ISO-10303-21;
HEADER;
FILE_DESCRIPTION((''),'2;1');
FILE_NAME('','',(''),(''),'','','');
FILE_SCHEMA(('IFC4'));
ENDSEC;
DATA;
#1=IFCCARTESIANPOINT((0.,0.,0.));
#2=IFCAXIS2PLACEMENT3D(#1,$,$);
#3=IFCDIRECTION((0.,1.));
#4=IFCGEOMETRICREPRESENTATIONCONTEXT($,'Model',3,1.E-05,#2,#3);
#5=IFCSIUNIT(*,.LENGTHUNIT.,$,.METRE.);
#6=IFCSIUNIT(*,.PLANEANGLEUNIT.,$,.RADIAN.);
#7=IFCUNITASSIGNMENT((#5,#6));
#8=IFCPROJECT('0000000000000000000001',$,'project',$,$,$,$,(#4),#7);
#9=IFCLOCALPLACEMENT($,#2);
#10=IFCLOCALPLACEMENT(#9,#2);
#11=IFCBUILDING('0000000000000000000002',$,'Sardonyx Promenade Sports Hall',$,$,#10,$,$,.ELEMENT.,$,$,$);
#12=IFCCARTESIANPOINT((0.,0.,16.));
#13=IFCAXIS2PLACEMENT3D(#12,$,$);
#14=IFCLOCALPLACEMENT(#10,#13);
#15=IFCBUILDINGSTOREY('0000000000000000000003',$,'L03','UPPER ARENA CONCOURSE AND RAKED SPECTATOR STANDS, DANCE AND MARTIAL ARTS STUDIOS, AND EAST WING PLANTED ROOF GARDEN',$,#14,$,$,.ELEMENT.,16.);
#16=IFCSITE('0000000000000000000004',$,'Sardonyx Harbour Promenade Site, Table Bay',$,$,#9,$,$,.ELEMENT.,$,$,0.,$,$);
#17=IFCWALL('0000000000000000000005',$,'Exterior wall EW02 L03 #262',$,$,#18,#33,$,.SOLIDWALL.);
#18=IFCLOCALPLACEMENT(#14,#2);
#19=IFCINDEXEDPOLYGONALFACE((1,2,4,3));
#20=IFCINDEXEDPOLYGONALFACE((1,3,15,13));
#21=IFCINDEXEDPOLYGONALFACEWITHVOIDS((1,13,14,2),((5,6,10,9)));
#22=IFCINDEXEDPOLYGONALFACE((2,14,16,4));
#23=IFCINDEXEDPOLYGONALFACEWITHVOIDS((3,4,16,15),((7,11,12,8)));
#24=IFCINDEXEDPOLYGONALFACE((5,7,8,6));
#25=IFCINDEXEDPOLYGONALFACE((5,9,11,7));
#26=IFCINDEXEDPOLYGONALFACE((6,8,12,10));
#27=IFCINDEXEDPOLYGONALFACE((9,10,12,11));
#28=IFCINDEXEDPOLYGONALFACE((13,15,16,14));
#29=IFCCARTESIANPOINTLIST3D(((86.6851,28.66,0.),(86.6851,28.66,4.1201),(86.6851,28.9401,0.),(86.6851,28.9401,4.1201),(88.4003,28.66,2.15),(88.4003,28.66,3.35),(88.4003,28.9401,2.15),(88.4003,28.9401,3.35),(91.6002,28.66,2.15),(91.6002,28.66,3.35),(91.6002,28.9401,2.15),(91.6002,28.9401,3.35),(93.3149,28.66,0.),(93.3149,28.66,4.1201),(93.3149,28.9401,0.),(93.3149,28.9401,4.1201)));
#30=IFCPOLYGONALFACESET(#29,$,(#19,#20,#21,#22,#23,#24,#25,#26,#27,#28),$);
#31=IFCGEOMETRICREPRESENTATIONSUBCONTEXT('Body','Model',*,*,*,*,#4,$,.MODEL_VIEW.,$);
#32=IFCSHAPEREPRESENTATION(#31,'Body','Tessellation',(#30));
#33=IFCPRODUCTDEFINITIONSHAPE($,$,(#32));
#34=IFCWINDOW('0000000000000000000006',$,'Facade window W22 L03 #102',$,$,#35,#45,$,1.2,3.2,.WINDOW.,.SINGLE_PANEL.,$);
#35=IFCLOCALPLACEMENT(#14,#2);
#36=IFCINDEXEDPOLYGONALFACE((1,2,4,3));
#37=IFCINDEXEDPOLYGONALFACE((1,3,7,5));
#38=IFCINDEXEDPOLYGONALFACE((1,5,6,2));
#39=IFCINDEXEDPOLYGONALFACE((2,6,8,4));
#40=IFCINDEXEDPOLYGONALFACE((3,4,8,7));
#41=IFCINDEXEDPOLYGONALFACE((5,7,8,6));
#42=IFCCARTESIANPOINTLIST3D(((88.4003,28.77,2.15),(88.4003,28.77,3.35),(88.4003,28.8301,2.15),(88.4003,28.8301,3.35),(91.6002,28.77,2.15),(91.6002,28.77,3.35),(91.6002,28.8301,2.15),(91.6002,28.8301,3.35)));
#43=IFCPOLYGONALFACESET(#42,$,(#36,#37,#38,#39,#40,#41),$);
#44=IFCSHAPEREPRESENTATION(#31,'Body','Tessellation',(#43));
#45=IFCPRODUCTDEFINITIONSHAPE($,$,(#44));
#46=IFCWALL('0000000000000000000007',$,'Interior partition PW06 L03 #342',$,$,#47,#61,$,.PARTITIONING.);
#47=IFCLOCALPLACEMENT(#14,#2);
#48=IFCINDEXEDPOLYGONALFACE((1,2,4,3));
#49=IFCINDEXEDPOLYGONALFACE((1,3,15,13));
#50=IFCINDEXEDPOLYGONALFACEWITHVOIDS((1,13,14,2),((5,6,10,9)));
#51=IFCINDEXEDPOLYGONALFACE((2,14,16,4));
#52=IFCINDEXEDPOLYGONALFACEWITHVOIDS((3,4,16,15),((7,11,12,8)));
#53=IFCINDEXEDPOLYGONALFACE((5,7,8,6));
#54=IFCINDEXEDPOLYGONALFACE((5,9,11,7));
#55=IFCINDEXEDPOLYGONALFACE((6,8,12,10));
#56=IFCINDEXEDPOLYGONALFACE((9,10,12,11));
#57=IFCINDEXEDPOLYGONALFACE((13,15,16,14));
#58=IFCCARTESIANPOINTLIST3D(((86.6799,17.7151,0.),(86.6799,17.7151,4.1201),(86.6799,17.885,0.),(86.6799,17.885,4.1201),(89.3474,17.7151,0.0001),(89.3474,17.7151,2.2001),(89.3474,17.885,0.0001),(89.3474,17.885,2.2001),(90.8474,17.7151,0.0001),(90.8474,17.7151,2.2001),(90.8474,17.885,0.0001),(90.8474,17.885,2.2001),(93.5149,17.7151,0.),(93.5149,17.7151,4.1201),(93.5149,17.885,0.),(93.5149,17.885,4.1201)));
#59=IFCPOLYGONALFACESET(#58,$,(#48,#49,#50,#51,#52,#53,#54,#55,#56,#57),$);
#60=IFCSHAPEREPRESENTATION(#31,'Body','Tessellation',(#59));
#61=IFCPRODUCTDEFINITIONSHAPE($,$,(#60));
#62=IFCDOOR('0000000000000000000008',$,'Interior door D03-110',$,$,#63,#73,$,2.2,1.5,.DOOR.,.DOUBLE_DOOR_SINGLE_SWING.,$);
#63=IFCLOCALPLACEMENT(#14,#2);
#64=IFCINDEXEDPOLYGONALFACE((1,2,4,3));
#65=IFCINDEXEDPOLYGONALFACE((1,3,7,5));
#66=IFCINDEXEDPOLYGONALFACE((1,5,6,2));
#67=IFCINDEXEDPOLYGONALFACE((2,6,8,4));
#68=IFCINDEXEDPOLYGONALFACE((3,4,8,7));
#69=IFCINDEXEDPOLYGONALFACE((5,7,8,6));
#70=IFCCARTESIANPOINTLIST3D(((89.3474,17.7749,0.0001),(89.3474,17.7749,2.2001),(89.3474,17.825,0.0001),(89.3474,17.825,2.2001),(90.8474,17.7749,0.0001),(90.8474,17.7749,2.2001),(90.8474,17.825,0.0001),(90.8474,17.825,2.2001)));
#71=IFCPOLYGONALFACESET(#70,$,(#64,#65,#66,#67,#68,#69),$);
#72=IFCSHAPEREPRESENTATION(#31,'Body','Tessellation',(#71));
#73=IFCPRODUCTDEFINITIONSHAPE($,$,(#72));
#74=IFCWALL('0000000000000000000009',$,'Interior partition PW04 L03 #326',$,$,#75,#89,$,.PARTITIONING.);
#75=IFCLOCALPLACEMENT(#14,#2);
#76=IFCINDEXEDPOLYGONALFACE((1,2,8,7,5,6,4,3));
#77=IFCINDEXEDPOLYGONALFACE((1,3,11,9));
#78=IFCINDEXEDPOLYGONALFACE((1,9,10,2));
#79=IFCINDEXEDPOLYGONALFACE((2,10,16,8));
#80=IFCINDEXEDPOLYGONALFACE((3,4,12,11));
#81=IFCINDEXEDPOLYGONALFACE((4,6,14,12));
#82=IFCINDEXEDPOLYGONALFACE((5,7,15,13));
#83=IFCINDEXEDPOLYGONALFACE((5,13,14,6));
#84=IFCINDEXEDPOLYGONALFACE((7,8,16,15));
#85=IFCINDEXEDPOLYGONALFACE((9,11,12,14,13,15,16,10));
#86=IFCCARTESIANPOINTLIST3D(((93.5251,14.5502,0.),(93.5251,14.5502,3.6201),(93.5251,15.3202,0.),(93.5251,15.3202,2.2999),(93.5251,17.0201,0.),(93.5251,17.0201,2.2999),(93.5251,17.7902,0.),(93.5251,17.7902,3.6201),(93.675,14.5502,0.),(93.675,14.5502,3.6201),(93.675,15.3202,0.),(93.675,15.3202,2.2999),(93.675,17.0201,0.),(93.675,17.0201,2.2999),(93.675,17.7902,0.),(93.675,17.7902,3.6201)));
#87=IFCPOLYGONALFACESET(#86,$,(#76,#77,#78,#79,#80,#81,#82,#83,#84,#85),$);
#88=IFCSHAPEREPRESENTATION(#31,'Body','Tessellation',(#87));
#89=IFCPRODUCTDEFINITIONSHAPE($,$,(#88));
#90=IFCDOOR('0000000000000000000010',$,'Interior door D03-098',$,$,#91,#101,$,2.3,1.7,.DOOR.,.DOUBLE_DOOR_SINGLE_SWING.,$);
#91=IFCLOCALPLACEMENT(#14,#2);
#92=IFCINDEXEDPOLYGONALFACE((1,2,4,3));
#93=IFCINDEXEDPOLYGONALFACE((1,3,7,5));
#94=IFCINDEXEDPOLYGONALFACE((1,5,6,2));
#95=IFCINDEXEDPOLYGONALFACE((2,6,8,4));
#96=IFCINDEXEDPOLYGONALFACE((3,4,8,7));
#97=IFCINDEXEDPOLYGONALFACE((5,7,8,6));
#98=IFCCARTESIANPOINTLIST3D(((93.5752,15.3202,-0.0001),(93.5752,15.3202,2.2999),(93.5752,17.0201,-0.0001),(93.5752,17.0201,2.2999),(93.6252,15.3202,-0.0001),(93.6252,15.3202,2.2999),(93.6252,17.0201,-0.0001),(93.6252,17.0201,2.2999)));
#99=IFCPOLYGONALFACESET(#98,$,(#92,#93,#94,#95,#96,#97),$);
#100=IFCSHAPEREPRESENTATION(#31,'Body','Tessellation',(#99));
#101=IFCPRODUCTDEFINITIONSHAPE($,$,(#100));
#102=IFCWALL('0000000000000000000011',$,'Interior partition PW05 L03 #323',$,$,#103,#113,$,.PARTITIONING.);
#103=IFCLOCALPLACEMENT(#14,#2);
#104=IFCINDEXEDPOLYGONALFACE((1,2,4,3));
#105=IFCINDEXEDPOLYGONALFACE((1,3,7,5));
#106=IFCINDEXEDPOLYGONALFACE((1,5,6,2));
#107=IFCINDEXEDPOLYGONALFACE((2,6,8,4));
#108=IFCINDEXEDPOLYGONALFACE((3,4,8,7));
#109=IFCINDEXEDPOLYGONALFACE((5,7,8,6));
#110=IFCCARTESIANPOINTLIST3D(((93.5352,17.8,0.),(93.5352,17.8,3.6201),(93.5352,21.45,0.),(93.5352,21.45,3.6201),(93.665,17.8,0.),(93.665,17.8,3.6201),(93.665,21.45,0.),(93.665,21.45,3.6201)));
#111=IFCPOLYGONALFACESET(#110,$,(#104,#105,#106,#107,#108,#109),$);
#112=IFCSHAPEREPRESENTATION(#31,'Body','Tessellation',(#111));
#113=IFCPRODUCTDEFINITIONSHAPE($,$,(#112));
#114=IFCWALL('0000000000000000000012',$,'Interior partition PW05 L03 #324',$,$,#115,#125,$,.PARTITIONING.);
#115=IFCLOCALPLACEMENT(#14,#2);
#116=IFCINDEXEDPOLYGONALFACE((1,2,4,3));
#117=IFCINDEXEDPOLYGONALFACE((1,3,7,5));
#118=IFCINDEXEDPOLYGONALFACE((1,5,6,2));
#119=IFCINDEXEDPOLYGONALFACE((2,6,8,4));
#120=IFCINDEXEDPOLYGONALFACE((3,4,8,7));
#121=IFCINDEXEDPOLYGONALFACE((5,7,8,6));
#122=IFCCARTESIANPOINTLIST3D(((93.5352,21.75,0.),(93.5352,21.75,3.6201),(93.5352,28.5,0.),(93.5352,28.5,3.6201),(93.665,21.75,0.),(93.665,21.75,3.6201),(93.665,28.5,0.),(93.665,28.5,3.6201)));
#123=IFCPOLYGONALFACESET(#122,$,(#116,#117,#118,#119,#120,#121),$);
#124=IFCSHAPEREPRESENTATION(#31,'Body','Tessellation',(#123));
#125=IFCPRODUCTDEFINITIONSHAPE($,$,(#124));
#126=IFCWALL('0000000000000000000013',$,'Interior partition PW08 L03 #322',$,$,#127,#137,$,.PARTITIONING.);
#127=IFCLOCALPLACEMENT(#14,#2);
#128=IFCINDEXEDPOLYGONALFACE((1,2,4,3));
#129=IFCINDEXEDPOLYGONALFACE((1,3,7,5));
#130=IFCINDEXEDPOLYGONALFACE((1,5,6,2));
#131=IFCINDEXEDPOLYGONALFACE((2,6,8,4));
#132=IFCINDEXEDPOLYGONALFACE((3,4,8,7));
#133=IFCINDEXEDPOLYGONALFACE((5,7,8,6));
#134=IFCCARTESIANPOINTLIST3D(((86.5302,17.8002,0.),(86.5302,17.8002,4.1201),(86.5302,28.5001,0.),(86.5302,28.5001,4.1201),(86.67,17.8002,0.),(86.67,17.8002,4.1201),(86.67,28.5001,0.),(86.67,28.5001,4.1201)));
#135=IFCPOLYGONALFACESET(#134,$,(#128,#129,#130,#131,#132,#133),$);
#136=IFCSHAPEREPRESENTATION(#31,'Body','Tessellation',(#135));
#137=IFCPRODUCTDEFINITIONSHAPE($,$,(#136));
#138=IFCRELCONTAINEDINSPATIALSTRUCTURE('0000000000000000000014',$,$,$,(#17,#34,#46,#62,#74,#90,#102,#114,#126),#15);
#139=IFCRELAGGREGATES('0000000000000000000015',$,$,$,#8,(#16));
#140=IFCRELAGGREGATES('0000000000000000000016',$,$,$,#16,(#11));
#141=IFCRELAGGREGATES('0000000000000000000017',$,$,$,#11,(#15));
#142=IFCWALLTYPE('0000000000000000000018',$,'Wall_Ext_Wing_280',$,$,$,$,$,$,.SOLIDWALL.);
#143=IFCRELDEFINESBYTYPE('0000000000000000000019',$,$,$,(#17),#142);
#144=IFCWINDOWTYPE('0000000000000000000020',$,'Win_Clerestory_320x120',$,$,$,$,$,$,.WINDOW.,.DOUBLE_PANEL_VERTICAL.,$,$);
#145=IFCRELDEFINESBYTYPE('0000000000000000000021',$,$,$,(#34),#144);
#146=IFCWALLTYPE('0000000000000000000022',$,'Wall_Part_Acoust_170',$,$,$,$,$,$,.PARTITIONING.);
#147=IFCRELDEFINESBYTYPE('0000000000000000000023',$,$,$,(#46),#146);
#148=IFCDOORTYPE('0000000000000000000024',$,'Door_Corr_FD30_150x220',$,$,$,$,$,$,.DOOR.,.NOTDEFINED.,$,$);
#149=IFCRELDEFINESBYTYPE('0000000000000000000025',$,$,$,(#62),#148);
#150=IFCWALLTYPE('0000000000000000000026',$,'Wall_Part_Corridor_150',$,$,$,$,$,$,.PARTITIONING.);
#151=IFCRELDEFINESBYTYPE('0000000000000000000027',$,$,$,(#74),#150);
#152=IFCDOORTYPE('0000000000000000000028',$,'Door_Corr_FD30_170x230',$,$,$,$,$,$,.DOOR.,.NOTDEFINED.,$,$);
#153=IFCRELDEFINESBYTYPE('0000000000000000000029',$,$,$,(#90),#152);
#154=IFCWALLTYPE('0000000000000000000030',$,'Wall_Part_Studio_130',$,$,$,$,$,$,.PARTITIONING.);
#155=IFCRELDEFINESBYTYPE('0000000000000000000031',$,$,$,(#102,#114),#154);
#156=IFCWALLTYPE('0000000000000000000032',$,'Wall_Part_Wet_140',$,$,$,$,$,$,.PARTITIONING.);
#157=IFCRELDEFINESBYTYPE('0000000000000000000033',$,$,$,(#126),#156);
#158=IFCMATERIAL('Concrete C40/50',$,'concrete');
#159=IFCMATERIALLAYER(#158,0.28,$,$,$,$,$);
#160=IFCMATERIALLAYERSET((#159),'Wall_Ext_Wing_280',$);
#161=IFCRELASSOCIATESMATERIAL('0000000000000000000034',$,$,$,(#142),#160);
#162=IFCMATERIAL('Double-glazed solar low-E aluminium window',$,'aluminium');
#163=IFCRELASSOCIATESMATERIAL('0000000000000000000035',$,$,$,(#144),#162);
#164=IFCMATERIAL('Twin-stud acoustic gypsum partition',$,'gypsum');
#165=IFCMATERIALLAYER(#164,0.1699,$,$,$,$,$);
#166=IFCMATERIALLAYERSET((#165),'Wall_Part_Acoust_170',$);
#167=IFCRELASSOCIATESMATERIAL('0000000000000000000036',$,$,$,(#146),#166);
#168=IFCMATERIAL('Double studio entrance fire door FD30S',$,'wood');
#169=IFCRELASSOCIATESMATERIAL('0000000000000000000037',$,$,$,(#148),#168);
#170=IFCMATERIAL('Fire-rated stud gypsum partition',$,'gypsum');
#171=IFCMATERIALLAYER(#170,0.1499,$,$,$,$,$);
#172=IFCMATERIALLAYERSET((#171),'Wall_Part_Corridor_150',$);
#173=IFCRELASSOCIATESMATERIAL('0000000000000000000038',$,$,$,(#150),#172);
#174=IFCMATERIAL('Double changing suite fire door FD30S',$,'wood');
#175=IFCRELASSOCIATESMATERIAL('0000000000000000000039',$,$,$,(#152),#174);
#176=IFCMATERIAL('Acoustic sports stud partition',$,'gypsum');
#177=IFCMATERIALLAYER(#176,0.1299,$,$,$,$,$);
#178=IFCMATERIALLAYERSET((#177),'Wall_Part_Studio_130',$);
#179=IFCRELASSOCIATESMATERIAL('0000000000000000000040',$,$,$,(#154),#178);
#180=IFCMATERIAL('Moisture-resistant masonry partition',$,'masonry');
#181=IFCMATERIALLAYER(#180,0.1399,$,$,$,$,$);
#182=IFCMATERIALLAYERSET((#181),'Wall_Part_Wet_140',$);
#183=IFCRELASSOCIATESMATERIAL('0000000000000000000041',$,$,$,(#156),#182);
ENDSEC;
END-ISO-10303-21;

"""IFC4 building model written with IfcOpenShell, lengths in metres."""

from ifc_helpers import new_model, si_unit, direction, frame, frame_2d, origin, place, context, subcontext, project, spatial, rectangle, extrude, material, layer, layer_set, type_object, element, fill, save


model = new_model("IFC4")

# Units and contexts
model_context = context("Model", 3, precision=1e-05, world=origin(), true_north=direction((0.0, 1.0)))
body_context = subcontext(model_context, "Body", "Model", "MODEL_VIEW")
ifc_project = project(units=[si_unit("LENGTHUNIT", "METRE"), si_unit("PLANEANGLEUNIT", "RADIAN")], contexts=[model_context])

# Site, building, storey
site_placement = place(None, origin())
site = spatial("IfcSite", under=ifc_project, at=site_placement, Name="Sardonyx Harbour Promenade Site, Table Bay", CompositionType="ELEMENT", RefElevation=0.0)
building_placement = place(site_placement, origin())
building = spatial("IfcBuilding", under=site, at=building_placement, Name="Sardonyx Promenade Sports Hall", CompositionType="ELEMENT")
storey_placement = place(building_placement, frame((0.0, 0.0, 16.0)))
storey = spatial("IfcBuildingStorey", under=building, at=storey_placement, Name="L03", Description="UPPER ARENA CONCOURSE AND RAKED SPECTATOR STANDS, DANCE AND MARTIAL ARTS STUDIOS, AND EAST WING PLANTED ROOF GARDEN", CompositionType="ELEMENT", Elevation=16.0)

# Wall, opening, window
ifc_material_1 = material(Name="Concrete C40/50", Category="concrete")
ifc_layer_1 = layer(ifc_material_1, 0.28)
ifc_layer_set_1 = layer_set([ifc_layer_1], Name="Wall_Ext_Wing_280")
wall_type_1 = type_object("IfcWallType", Name="Wall_Ext_Wing_280", PredefinedType="SOLIDWALL", material=ifc_layer_set_1)
wall_1_placement = place(storey_placement, frame((86.6851, 28.8, 0.0), z_axis=(0.0, 0.0, 1.0), x_axis=(1.0, 0.0, 0.0)))
wall_1 = element("IfcWall", 1, at=wall_1_placement, inside=storey, type_object=wall_type_1, Name="Exterior wall EW02 L03 #262", PredefinedType="SOLIDWALL", context=body_context, shape_type="SweptSolid", body=[
    extrude(rectangle(XDim=6.6299, YDim=0.28, at=frame_2d((3.3149, 0.0))), origin(), (0.0, 0.0, 1.0), 4.1201),
])
opening_1_placement = place(wall_1_placement, frame((1.7151, 0.0, 2.1499)))
opening_1 = element("IfcOpeningElement", 2, at=opening_1_placement, cuts=wall_1, PredefinedType="OPENING", context=body_context, shape_type="SweptSolid", body=[
    extrude(rectangle(XDim=3.2, YDim=1.2, at=frame_2d((1.6001, 0.6001))), frame((0.0, 0.15, 0.0), z_axis=(0.0, -1.0, 0.0), x_axis=(1.0, 0.0, 0.0)), (0.0, 0.0, 1.0), 0.3),
])
ifc_material_2 = material(Name="Double-glazed solar low-E aluminium window", Category="aluminium")
window_type = type_object("IfcWindowType", Name="Win_Clerestory_320x120", PartitioningType="DOUBLE_PANEL_VERTICAL", PredefinedType="WINDOW", material=ifc_material_2)
window_placement = place(opening_1_placement, origin())
window = element("IfcWindow", 3, at=window_placement, inside=storey, type_object=window_type, Name="Facade window W22 L03 #102", OverallHeight=1.2, OverallWidth=3.2, PartitioningType="SINGLE_PANEL", PredefinedType="WINDOW", context=body_context, shape_type="SweptSolid", body=[
    extrude(rectangle(XDim=3.2, YDim=1.2, at=frame_2d((1.6001, 0.6001))), frame((0.0, 0.03, 0.0), z_axis=(0.0, -1.0, 0.0), x_axis=(1.0, 0.0, 0.0)), (0.0, 0.0, 1.0), 0.0601),
])
fill(opening_1, window)

# Walls, openings, doors
ifc_material_3 = material(Name="Twin-stud acoustic gypsum partition", Category="gypsum")
ifc_layer_2 = layer(ifc_material_3, 0.1699)
ifc_layer_set_2 = layer_set([ifc_layer_2], Name="Wall_Part_Acoust_170")
wall_type_2 = type_object("IfcWallType", Name="Wall_Part_Acoust_170", PredefinedType="PARTITIONING", material=ifc_layer_set_2)
wall_2_placement = place(storey_placement, frame((86.6799, 17.8, 0.0), z_axis=(0.0, 0.0, 1.0), x_axis=(1.0, 0.0, 0.0)))
wall_2 = element("IfcWall", 4, at=wall_2_placement, inside=storey, type_object=wall_type_2, Name="Interior partition PW06 L03 #342", PredefinedType="PARTITIONING", context=body_context, shape_type="SweptSolid", body=[
    extrude(rectangle(XDim=6.835, YDim=0.1699, at=frame_2d((3.4175, 0.0))), origin(), (0.0, 0.0, 1.0), 4.1201),
])
opening_2_placement = place(wall_2_placement, frame((2.6675, 0.0, 0.0)))
opening_2 = element("IfcOpeningElement", 5, at=opening_2_placement, cuts=wall_2, PredefinedType="OPENING", context=body_context, shape_type="SweptSolid", body=[
    extrude(rectangle(XDim=1.5, YDim=2.2, at=frame_2d((0.75, 1.1001))), frame((0.0, 0.095, 0.0), z_axis=(0.0, -1.0, 0.0), x_axis=(1.0, 0.0, 0.0)), (0.0, 0.0, 1.0), 0.19),
])
ifc_material_4 = material(Name="Double studio entrance fire door FD30S", Category="wood")
door_type_1 = type_object("IfcDoorType", Name="Door_Corr_FD30_150x220", OperationType="NOTDEFINED", PredefinedType="DOOR", material=ifc_material_4)
door_1_placement = place(opening_2_placement, origin())
door_1 = element("IfcDoor", 6, at=door_1_placement, inside=storey, type_object=door_type_1, Name="Interior door D03-110", OperationType="DOUBLE_DOOR_SINGLE_SWING", OverallHeight=2.2, OverallWidth=1.5, PredefinedType="DOOR", context=body_context, shape_type="SweptSolid", body=[
    extrude(rectangle(XDim=1.5, YDim=2.2, at=frame_2d((0.75, 1.1001))), frame((0.0, 0.0249, 0.0), z_axis=(0.0, -1.0, 0.0), x_axis=(1.0, 0.0, 0.0)), (0.0, 0.0, 1.0), 0.05),
])
fill(opening_2, door_1)
ifc_material_5 = material(Name="Fire-rated stud gypsum partition", Category="gypsum")
ifc_layer_3 = layer(ifc_material_5, 0.1499)
ifc_layer_set_3 = layer_set([ifc_layer_3], Name="Wall_Part_Corridor_150")
wall_type_3 = type_object("IfcWallType", Name="Wall_Part_Corridor_150", PredefinedType="PARTITIONING", material=ifc_layer_set_3)
wall_3_placement = place(storey_placement, frame((93.6001, 14.55, 0.0), z_axis=(0.0, 0.0, 1.0), x_axis=(0.0, 1.0, 0.0)))
wall_3 = element("IfcWall", 7, at=wall_3_placement, inside=storey, type_object=wall_type_3, Name="Interior partition PW04 L03 #326", PredefinedType="PARTITIONING", context=body_context, shape_type="SweptSolid", body=[
    extrude(rectangle(XDim=3.24, YDim=0.1499, at=frame_2d((1.6201, 0.0))), origin(), (0.0, 0.0, 1.0), 3.6201),
])
opening_3_placement = place(wall_3_placement, frame((0.77, 0.0, 0.0)))
opening_3 = element("IfcOpeningElement", 8, at=opening_3_placement, cuts=wall_3, PredefinedType="OPENING", context=body_context, shape_type="SweptSolid", body=[
    extrude(rectangle(XDim=1.7, YDim=2.3, at=frame_2d((0.8501, 1.1499))), frame((0.0, 0.085, 0.0), z_axis=(0.0, -1.0, 0.0), x_axis=(1.0, 0.0, 0.0)), (0.0, 0.0, 1.0), 0.17),
])
ifc_material_6 = material(Name="Double changing suite fire door FD30S", Category="wood")
door_type_2 = type_object("IfcDoorType", Name="Door_Corr_FD30_170x230", OperationType="NOTDEFINED", PredefinedType="DOOR", material=ifc_material_6)
door_2_placement = place(opening_3_placement, origin())
door_2 = element("IfcDoor", 9, at=door_2_placement, inside=storey, type_object=door_type_2, Name="Interior door D03-098", OperationType="DOUBLE_DOOR_SINGLE_SWING", OverallHeight=2.3, OverallWidth=1.7, PredefinedType="DOOR", context=body_context, shape_type="SweptSolid", body=[
    extrude(rectangle(XDim=1.7, YDim=2.3, at=frame_2d((0.8501, 1.1499))), frame((0.0, 0.0249, 0.0), z_axis=(0.0, -1.0, 0.0), x_axis=(1.0, 0.0, 0.0)), (0.0, 0.0, 1.0), 0.05),
])
fill(opening_3, door_2)

# Walls
ifc_material_7 = material(Name="Acoustic sports stud partition", Category="gypsum")
ifc_layer_4 = layer(ifc_material_7, 0.1299)
ifc_layer_set_4 = layer_set([ifc_layer_4], Name="Wall_Part_Studio_130")
wall_type_4 = type_object("IfcWallType", Name="Wall_Part_Studio_130", PredefinedType="PARTITIONING", material=ifc_layer_set_4)
wall_4_placement = place(storey_placement, frame((93.6001, 17.8, 0.0), z_axis=(0.0, 0.0, 1.0), x_axis=(0.0, 1.0, 0.0)))
element("IfcWall", 10, at=wall_4_placement, inside=storey, type_object=wall_type_4, Name="Interior partition PW05 L03 #323", PredefinedType="PARTITIONING", context=body_context, shape_type="SweptSolid", body=[
    extrude(rectangle(XDim=3.6499, YDim=0.1299, at=frame_2d((1.825, 0.0))), origin(), (0.0, 0.0, 1.0), 3.6201),
])
wall_5_placement = place(storey_placement, frame((93.6001, 21.75, 0.0), z_axis=(0.0, 0.0, 1.0), x_axis=(0.0, 1.0, 0.0)))
element("IfcWall", 11, at=wall_5_placement, inside=storey, type_object=wall_type_4, Name="Interior partition PW05 L03 #324", PredefinedType="PARTITIONING", context=body_context, shape_type="SweptSolid", body=[
    extrude(rectangle(XDim=6.75, YDim=0.1299, at=frame_2d((3.375, 0.0))), origin(), (0.0, 0.0, 1.0), 3.6201),
])
ifc_material_8 = material(Name="Moisture-resistant masonry partition", Category="masonry")
ifc_layer_5 = layer(ifc_material_8, 0.1399)
ifc_layer_set_5 = layer_set([ifc_layer_5], Name="Wall_Part_Wet_140")
wall_type_5 = type_object("IfcWallType", Name="Wall_Part_Wet_140", PredefinedType="PARTITIONING", material=ifc_layer_set_5)
wall_6_placement = place(storey_placement, frame((86.6001, 17.8, 0.0), z_axis=(0.0, 0.0, 1.0), x_axis=(0.0, 1.0, 0.0)))
element("IfcWall", 12, at=wall_6_placement, inside=storey, type_object=wall_type_5, Name="Interior partition PW08 L03 #322", PredefinedType="PARTITIONING", context=body_context, shape_type="SweptSolid", body=[
    extrude(rectangle(XDim=10.7, YDim=0.1399, at=frame_2d((5.3501, 0.0))), origin(), (0.0, 0.0, 1.0), 4.1201),
])

save(model, "model.ifc")
